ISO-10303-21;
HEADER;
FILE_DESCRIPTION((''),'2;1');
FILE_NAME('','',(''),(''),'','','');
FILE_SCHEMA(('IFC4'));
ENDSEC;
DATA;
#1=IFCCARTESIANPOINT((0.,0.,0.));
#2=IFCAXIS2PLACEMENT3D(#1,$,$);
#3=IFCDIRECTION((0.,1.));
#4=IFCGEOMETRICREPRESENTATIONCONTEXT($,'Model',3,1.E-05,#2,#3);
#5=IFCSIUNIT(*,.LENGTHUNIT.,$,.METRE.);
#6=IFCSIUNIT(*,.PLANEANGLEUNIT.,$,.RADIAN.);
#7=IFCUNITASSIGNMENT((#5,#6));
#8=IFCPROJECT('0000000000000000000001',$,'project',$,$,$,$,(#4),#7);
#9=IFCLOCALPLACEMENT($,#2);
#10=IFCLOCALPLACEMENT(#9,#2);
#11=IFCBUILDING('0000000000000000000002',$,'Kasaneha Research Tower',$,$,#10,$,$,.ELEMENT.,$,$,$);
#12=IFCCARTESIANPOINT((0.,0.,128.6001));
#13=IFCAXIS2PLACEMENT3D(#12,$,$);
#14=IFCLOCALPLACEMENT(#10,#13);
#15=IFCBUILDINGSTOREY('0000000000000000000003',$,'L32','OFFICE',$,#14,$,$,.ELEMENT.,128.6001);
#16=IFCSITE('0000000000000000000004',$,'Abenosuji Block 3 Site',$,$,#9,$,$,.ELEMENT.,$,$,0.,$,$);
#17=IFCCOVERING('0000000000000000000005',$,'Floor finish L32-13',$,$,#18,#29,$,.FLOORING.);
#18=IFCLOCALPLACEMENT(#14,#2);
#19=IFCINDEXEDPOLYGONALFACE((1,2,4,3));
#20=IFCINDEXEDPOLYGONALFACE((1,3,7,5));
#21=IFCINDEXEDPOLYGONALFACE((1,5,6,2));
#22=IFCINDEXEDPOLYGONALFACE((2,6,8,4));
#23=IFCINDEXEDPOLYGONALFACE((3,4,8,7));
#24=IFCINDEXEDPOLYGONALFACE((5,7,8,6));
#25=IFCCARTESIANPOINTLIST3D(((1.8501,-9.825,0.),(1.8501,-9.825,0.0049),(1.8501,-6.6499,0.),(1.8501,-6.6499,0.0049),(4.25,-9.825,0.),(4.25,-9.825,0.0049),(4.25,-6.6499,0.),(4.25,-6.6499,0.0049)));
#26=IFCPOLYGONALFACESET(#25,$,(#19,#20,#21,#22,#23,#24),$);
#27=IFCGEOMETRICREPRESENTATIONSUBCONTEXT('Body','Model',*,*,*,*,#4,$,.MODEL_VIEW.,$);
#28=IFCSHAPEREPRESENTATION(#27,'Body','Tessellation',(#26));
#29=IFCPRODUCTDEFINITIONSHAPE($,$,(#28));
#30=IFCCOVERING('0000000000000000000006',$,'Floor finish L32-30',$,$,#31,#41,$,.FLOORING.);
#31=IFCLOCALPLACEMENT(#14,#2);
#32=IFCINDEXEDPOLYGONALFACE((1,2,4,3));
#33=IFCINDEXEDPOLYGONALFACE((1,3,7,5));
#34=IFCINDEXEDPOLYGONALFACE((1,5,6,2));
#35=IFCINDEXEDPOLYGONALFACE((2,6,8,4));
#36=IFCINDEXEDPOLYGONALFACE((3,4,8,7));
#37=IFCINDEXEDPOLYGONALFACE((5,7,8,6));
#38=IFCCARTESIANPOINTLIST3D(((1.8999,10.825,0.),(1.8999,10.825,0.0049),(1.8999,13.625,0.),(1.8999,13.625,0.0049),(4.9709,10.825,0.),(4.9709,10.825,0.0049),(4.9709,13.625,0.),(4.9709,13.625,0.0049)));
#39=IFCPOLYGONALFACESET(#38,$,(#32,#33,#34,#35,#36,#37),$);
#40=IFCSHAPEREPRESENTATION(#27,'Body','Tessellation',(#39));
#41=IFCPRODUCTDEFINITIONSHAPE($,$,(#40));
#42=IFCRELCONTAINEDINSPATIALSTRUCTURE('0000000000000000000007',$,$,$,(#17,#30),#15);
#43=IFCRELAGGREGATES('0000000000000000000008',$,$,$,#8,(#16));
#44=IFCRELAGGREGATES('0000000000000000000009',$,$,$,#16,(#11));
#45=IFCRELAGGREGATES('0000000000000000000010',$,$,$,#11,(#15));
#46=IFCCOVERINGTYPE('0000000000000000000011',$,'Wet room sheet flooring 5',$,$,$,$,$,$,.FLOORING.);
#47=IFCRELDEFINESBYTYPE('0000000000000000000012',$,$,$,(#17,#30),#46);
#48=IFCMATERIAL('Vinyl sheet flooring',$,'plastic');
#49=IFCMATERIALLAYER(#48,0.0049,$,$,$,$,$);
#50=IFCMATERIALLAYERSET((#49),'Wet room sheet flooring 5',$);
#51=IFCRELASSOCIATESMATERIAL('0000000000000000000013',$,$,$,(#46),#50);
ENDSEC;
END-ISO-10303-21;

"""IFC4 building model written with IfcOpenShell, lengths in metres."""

from ifc_helpers import new_model, si_unit, direction, frame, origin, place, context, subcontext, project, spatial, polyline, outline, extrude, material, layer, layer_set, type_object, element, save


model = new_model("IFC4")

# Units and contexts
model_context = context("Model", 3, precision=1e-05, world=origin(), true_north=direction((0.0, 1.0)))
body_context = subcontext(model_context, "Body", "Model", "MODEL_VIEW")
ifc_project = project(units=[si_unit("LENGTHUNIT", "METRE"), si_unit("PLANEANGLEUNIT", "RADIAN")], contexts=[model_context])

# Site, building, storey
site_placement = place(None, origin())
site = spatial("IfcSite", under=ifc_project, at=site_placement, Name="Abenosuji Block 3 Site", CompositionType="ELEMENT", RefElevation=0.0)
building_placement = place(site_placement, origin())
building = spatial("IfcBuilding", under=site, at=building_placement, Name="Kasaneha Research Tower", CompositionType="ELEMENT")
storey_placement = place(building_placement, frame((0.0, 0.0, 128.6001)))
storey = spatial("IfcBuildingStorey", under=building, at=storey_placement, Name="L32", Description="OFFICE", CompositionType="ELEMENT", Elevation=128.6001)

# Coverings
ifc_material_1 = material(Name="Vinyl sheet flooring", Category="plastic")
ifc_layer_1 = layer(ifc_material_1, 0.0049)
ifc_layer_set_1 = layer_set([ifc_layer_1], Name="Wet room sheet flooring 5")
covering_type = type_object("IfcCoveringType", Name="Wet room sheet flooring 5", PredefinedType="FLOORING", material=ifc_layer_set_1)
covering_1_placement = place(storey_placement, origin())
element("IfcCovering", 1, at=covering_1_placement, inside=storey, type_object=covering_type, Name="Floor finish L32-13", PredefinedType="FLOORING", context=body_context, shape_type="SweptSolid", body=[
    extrude(outline(polyline([(1.8501, -9.825), (1.8501, -6.6499), (4.25, -6.6499), (4.25, -9.825), (1.8501, -9.825)])), origin(), (0.0, 0.0, 1.0), 0.0049),
])
covering_2_placement = place(storey_placement, origin())
element("IfcCovering", 2, at=covering_2_placement, inside=storey, type_object=covering_type, Name="Floor finish L32-30", PredefinedType="FLOORING", context=body_context, shape_type="SweptSolid", body=[
    extrude(outline(polyline([(4.9709, 13.625), (4.9709, 10.825), (1.8999, 10.825), (1.8999, 13.625), (4.9709, 13.625)])), origin(), (0.0, 0.0, 1.0), 0.0049),
])

save(model, "model.ifc")
